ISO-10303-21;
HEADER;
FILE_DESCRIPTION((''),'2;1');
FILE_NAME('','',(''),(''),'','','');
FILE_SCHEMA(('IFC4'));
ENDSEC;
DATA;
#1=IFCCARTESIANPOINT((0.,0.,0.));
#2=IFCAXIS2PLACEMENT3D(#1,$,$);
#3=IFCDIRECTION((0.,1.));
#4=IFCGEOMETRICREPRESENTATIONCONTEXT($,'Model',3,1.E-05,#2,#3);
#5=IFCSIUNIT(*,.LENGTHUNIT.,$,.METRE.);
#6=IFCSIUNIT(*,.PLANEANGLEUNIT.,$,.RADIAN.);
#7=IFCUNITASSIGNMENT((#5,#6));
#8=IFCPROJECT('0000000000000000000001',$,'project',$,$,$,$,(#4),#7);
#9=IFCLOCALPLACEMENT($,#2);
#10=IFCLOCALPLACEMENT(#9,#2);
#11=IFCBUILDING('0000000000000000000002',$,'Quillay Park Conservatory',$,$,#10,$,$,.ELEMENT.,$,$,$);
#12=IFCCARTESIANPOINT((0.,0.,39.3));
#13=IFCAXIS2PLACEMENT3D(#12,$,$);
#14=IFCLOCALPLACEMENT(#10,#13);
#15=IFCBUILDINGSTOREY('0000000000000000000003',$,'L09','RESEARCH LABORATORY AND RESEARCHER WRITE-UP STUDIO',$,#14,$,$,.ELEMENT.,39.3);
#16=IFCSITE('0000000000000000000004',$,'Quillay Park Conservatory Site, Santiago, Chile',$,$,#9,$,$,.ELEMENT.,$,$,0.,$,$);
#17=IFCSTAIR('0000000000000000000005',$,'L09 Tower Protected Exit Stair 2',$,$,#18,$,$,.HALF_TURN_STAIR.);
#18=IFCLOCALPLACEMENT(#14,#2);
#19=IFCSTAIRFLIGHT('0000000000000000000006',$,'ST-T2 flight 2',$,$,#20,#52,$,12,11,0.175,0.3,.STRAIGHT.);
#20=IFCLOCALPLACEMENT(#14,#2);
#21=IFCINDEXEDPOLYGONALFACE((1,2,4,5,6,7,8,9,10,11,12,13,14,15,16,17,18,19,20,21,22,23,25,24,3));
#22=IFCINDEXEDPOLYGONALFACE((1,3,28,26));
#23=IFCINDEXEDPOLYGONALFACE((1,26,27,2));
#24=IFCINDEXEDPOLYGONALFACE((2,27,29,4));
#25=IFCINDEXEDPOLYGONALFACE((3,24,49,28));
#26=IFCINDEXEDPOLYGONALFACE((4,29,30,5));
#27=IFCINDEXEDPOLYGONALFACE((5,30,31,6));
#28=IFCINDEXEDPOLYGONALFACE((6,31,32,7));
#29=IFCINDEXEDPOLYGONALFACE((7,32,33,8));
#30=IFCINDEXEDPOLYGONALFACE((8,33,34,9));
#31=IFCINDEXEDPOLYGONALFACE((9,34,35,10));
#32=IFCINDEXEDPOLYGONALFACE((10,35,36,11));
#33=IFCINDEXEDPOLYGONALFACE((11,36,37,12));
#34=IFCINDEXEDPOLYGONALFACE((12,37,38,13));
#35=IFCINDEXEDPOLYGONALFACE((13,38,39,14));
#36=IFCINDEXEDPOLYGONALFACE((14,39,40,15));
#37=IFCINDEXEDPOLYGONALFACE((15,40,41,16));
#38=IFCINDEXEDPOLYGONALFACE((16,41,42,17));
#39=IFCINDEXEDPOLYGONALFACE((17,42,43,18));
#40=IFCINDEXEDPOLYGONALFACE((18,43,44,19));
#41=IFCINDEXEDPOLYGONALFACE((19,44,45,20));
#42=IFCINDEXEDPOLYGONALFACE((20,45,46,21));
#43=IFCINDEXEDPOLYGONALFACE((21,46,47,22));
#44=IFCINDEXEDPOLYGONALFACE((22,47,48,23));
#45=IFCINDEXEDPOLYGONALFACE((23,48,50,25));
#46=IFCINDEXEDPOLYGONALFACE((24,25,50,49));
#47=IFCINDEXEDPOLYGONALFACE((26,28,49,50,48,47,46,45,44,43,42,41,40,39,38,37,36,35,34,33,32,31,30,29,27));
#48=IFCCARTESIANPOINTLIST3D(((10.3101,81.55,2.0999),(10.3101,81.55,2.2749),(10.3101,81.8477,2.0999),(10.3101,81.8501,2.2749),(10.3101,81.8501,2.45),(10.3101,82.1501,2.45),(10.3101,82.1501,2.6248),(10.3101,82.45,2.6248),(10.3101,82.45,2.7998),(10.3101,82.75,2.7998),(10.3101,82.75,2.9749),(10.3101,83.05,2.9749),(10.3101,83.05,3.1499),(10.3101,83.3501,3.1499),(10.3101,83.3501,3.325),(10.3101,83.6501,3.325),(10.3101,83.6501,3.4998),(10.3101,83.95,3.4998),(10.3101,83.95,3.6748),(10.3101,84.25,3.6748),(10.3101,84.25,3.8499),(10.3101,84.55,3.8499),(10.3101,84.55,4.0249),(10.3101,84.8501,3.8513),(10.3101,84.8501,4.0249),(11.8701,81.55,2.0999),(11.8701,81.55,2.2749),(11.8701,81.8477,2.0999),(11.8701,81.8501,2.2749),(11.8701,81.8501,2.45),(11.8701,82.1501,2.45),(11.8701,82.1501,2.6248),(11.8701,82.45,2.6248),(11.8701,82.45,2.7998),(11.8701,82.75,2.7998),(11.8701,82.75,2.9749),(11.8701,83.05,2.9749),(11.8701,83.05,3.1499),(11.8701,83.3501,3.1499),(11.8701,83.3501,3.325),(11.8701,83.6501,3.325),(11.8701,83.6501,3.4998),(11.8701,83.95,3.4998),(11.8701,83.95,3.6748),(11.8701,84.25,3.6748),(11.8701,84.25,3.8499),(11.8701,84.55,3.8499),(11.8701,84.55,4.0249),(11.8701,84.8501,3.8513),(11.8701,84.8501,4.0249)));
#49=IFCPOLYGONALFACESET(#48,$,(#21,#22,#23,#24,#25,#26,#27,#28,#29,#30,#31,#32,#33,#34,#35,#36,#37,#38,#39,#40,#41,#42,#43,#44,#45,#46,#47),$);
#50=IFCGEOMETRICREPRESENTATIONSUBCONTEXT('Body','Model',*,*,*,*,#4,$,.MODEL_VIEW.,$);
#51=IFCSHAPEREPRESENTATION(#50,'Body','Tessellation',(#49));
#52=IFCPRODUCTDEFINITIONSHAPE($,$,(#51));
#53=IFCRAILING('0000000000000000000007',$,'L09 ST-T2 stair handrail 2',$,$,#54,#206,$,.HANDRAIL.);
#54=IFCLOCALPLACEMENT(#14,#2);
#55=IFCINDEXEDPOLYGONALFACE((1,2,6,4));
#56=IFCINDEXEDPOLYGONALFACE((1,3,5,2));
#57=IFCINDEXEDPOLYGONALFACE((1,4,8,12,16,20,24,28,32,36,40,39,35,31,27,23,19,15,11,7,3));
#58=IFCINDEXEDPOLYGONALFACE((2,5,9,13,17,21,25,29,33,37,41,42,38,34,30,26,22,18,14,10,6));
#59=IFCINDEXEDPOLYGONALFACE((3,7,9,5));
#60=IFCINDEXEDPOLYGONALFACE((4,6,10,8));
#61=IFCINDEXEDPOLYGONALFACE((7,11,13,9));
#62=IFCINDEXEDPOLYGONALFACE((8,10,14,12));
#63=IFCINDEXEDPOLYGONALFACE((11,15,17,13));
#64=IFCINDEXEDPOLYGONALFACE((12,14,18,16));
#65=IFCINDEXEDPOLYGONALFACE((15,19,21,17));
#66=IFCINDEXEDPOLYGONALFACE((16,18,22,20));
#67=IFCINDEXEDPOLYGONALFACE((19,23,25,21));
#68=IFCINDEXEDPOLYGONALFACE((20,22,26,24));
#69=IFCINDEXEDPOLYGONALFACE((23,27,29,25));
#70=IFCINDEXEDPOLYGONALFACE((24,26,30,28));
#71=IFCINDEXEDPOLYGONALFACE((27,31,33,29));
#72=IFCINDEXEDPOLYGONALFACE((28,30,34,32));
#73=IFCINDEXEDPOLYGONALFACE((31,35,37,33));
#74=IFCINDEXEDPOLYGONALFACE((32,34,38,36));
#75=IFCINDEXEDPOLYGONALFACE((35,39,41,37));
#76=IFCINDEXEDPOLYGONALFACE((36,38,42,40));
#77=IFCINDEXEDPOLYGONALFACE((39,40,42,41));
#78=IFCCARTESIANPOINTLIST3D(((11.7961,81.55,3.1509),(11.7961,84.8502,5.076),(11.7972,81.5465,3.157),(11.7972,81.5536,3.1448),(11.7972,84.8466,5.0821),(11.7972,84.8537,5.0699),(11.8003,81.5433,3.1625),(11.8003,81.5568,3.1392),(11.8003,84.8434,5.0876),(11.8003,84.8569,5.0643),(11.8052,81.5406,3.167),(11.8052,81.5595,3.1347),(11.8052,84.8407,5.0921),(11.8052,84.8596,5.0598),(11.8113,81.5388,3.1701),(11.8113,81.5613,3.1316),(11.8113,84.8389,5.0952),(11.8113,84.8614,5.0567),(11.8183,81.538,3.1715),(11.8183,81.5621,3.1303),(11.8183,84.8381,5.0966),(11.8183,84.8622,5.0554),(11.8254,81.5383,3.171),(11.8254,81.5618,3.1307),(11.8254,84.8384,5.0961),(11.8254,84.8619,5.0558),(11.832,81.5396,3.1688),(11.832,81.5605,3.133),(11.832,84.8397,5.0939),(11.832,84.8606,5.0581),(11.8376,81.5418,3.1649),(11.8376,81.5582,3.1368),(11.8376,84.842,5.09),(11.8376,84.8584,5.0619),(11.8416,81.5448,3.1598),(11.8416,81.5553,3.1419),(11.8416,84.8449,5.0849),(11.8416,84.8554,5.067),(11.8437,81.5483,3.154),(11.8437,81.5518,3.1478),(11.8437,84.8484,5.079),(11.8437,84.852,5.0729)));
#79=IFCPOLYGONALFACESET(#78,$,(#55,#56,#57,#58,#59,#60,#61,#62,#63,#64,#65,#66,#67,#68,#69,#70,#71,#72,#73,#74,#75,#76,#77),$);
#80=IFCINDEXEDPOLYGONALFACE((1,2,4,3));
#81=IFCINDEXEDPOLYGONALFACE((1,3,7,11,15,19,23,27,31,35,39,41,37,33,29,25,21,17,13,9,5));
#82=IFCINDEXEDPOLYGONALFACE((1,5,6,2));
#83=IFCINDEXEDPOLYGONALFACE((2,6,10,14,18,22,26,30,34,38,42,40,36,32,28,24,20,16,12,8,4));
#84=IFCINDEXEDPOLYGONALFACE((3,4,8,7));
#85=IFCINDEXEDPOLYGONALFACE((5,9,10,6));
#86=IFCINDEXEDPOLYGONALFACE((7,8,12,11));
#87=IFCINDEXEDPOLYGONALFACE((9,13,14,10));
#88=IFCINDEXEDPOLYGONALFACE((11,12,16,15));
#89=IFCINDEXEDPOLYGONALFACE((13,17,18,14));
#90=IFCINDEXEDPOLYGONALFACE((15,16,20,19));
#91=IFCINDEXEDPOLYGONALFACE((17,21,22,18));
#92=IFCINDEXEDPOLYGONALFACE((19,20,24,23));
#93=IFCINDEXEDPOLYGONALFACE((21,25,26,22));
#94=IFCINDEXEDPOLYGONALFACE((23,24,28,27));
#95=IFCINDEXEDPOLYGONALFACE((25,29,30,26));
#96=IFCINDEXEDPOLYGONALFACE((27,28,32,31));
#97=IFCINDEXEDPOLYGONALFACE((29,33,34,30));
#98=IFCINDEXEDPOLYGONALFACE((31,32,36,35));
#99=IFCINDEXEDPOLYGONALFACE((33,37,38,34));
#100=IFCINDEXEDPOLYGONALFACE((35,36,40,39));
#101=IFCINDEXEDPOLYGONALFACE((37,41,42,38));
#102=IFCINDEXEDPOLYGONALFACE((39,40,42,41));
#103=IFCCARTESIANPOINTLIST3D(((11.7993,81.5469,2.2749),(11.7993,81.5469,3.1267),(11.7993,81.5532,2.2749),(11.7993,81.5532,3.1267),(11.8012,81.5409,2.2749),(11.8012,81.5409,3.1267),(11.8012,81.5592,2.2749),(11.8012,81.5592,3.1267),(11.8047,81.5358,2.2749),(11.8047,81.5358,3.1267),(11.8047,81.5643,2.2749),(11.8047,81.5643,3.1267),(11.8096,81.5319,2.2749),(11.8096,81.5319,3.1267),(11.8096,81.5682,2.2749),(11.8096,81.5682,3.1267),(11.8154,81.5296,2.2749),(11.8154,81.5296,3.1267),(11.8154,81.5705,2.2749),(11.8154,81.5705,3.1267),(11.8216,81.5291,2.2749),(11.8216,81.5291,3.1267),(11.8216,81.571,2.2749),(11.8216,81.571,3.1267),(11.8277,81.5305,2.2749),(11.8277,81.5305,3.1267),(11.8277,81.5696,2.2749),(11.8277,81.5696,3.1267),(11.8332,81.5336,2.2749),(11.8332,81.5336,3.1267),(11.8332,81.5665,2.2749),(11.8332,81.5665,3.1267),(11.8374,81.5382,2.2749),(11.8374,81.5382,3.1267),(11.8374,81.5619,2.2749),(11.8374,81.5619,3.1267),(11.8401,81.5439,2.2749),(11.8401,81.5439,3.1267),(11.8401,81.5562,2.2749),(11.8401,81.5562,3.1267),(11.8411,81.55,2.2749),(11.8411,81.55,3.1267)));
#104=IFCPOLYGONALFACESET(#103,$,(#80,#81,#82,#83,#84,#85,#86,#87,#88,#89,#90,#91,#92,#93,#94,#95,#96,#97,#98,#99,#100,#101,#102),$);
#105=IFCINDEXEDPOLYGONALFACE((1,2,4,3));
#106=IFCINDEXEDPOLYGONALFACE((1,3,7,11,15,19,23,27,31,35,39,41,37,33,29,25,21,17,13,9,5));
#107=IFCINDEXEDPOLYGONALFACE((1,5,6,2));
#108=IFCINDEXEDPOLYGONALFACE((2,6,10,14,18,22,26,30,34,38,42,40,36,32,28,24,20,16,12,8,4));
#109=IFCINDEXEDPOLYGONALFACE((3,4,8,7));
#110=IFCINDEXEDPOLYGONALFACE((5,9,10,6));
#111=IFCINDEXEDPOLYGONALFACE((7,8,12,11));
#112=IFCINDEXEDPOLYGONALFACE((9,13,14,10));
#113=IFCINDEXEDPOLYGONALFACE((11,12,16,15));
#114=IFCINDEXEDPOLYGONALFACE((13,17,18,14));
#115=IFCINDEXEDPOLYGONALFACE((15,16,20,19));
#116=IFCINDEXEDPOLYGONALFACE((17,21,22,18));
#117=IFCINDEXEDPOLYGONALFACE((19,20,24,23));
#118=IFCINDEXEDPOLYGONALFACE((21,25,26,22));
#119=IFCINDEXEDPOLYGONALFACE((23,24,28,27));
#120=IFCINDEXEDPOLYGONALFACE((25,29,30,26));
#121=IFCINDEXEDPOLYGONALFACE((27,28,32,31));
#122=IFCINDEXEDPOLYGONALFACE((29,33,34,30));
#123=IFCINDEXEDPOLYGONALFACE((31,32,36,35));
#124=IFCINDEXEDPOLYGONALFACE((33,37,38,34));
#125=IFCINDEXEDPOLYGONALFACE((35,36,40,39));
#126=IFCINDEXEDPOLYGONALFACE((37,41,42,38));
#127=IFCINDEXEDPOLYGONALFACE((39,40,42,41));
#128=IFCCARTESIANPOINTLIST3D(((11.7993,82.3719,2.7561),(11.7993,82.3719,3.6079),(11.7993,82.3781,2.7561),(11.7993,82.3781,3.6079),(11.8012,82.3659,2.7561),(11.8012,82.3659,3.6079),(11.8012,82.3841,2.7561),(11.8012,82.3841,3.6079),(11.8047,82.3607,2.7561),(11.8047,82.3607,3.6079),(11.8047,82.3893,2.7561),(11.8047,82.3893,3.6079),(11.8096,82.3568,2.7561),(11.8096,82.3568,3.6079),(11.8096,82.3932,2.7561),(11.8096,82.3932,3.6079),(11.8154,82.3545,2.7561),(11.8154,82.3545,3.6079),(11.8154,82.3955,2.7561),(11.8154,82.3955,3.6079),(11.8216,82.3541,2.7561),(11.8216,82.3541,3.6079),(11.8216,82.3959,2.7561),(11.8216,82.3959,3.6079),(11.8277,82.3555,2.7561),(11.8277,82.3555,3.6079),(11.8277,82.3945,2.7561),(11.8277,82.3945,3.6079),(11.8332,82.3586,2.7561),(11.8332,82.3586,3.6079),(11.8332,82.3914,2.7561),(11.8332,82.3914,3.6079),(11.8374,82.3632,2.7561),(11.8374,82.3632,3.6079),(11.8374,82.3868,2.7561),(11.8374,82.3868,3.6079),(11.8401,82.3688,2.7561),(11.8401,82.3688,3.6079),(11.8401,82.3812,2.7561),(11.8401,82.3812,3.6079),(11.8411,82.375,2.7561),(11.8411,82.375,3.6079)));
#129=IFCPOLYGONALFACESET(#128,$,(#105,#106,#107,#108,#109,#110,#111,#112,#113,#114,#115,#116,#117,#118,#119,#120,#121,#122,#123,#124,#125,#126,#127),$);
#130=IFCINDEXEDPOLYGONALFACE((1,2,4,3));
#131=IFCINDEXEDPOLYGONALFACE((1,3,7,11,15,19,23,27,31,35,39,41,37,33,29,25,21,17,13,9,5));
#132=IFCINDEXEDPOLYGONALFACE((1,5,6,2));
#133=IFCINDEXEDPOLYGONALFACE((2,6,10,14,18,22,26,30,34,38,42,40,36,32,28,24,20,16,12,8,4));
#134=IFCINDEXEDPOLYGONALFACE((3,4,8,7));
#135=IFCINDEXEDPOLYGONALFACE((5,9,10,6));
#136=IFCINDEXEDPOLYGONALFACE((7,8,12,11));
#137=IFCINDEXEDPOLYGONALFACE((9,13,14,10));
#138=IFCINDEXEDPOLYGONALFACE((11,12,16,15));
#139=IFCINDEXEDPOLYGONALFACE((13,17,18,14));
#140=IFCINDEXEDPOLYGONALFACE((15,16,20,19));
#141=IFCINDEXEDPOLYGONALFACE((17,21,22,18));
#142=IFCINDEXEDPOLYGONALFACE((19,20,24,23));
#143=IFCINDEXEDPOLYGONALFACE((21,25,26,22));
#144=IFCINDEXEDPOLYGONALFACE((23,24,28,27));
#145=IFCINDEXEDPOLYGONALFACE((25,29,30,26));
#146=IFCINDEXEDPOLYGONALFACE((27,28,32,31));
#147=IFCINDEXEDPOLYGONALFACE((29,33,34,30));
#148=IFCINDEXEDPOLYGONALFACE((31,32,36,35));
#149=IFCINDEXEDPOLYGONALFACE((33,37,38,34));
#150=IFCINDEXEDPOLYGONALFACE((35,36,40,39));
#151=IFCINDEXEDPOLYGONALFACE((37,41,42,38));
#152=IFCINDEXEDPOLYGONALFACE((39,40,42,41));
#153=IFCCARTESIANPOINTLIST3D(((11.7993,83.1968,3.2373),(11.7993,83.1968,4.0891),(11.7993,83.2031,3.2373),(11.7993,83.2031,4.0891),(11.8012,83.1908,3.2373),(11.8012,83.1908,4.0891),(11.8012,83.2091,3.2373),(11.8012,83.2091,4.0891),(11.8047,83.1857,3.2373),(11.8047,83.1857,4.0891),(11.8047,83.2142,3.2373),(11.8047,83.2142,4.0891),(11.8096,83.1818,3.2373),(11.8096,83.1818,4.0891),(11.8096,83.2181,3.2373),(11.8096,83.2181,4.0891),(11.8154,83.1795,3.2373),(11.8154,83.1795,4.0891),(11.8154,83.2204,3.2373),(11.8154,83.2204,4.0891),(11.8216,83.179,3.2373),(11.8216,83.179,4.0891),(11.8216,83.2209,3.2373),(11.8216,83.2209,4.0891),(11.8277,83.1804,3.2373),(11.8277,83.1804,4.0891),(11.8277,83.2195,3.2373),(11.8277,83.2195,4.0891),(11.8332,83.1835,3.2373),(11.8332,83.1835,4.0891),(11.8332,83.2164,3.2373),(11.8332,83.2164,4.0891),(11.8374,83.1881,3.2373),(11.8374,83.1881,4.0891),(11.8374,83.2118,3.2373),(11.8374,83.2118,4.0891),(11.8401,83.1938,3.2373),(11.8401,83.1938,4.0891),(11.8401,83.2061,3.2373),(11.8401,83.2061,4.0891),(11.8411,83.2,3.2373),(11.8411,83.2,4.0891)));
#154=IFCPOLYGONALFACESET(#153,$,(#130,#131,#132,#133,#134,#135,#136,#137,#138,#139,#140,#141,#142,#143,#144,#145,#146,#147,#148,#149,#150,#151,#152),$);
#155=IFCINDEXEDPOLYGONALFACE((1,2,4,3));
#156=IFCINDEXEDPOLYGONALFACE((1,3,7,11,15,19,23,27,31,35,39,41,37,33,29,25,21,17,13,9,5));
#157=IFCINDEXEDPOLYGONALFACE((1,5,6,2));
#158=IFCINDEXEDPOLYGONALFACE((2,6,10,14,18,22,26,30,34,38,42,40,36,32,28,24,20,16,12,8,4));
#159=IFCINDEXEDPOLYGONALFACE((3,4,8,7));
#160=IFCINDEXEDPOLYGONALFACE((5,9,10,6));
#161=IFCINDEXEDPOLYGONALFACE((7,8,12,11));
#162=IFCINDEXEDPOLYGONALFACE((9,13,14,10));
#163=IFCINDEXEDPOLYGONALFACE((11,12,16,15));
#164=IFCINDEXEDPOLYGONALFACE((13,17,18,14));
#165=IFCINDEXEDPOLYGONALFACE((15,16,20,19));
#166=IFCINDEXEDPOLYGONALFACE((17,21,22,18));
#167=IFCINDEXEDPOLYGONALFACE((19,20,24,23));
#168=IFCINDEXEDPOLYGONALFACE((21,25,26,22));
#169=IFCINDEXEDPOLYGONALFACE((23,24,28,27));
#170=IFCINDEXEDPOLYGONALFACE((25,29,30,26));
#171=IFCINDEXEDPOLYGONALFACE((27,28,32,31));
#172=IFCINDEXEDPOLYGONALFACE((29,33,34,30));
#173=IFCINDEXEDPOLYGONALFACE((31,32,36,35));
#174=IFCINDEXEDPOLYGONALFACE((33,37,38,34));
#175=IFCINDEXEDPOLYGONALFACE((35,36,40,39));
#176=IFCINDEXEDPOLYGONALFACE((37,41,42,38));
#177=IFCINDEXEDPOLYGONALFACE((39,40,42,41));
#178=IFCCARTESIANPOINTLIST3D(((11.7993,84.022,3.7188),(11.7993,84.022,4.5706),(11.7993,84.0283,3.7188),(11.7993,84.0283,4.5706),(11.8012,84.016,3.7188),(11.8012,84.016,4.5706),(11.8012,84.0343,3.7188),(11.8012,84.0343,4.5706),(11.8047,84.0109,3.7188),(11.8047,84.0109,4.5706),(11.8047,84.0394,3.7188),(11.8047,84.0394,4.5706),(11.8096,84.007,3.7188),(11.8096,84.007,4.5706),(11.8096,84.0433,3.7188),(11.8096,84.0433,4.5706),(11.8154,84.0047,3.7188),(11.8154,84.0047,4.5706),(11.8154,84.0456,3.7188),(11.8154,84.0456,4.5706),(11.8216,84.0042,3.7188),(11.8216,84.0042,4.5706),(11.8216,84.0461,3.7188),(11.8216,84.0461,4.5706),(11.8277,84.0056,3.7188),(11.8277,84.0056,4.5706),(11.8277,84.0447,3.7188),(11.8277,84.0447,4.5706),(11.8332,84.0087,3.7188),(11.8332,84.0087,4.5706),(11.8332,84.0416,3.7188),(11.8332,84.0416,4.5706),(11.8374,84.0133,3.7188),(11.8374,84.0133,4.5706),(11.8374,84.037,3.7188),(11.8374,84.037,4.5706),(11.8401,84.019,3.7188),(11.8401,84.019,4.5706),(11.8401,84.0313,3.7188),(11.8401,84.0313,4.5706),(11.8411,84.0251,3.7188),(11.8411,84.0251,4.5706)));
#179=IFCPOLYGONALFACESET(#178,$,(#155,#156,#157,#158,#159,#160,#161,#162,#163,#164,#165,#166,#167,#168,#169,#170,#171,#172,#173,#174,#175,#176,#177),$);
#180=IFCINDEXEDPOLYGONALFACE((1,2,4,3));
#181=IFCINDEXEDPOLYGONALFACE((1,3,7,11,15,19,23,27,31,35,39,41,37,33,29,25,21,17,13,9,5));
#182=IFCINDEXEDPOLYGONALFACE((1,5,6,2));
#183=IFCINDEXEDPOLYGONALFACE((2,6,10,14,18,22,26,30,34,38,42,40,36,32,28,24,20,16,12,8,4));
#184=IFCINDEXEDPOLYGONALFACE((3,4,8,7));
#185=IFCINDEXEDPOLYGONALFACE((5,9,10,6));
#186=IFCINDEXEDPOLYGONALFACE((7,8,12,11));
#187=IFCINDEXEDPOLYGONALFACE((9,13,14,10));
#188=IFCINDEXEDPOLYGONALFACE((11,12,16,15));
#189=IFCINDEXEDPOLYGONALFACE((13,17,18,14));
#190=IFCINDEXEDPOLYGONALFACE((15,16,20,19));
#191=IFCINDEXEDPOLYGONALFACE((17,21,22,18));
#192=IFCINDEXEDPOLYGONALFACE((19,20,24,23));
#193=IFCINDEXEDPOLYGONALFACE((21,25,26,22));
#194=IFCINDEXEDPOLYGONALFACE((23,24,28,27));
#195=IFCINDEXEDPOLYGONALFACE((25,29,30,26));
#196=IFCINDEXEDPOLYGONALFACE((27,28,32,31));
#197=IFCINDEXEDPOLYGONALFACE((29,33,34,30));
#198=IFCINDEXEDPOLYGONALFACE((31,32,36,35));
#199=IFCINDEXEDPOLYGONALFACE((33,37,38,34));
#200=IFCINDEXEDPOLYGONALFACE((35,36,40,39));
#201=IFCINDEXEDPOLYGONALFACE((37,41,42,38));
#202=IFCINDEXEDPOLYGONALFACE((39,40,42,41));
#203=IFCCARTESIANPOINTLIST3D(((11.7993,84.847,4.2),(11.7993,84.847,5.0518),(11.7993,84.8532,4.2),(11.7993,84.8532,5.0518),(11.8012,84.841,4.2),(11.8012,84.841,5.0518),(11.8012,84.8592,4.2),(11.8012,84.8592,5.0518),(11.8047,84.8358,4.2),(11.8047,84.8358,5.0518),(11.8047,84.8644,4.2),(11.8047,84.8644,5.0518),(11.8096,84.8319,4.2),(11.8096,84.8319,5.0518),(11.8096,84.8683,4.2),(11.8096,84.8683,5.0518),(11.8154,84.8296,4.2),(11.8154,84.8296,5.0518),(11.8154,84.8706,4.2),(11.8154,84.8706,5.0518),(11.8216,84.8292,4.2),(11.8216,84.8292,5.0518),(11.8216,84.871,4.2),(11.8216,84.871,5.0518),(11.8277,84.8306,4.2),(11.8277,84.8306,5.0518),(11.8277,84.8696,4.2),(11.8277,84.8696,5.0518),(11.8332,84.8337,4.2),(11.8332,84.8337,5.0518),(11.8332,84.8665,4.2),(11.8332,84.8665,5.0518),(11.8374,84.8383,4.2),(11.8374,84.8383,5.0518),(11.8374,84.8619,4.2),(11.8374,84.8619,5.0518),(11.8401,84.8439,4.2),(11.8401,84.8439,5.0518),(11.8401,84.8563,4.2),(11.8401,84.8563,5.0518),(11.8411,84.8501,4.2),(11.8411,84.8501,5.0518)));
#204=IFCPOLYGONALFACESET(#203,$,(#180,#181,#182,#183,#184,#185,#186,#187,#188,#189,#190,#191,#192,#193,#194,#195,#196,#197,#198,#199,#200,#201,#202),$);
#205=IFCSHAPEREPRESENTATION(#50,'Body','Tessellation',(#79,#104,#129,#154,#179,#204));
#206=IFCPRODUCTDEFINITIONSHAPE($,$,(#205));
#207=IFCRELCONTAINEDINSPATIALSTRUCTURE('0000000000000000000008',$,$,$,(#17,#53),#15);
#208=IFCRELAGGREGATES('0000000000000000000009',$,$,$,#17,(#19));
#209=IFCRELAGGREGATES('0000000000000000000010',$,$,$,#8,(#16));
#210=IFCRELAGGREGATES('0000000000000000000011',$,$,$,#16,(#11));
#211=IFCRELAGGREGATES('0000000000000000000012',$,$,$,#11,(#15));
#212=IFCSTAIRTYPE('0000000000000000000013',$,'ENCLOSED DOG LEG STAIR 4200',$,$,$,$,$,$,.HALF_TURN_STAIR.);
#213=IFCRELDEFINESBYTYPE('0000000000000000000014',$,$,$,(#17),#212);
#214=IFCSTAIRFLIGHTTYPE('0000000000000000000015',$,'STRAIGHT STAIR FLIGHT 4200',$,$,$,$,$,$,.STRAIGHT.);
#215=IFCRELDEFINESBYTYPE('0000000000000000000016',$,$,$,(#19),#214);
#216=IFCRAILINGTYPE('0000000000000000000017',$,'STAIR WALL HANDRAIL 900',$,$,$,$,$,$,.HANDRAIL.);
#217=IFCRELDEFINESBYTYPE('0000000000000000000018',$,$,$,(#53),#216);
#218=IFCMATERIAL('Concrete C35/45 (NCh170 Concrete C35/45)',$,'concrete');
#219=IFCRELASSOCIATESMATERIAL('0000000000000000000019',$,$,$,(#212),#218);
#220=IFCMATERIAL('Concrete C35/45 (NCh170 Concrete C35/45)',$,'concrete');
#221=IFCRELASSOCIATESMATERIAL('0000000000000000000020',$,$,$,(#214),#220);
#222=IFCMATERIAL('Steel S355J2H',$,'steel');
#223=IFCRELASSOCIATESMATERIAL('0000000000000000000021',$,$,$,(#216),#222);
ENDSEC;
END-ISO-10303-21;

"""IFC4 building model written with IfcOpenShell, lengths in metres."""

from ifc_helpers import new_model, si_unit, direction, frame, origin, origin_2d, place, context, subcontext, project, spatial, polyline, circle, outline, extrude, material, type_object, element, aggregate, save


model = new_model("IFC4")

# Units and contexts
model_context = context("Model", 3, precision=1e-05, world=origin(), true_north=direction((0.0, 1.0)))
body_context = subcontext(model_context, "Body", "Model", "MODEL_VIEW")
ifc_project = project(units=[si_unit("LENGTHUNIT", "METRE"), si_unit("PLANEANGLEUNIT", "RADIAN")], contexts=[model_context])

# Site, building, storey
site_placement = place(None, origin())
site = spatial("IfcSite", under=ifc_project, at=site_placement, Name="Quillay Park Conservatory Site, Santiago, Chile", CompositionType="ELEMENT", RefElevation=0.0)
building_placement = place(site_placement, origin())
building = spatial("IfcBuilding", under=site, at=building_placement, Name="Quillay Park Conservatory", CompositionType="ELEMENT")
storey_placement = place(building_placement, frame((0.0, 0.0, 39.3)))
storey = spatial("IfcBuildingStorey", under=building, at=storey_placement, Name="L09", Description="RESEARCH LABORATORY AND RESEARCHER WRITE-UP STUDIO", CompositionType="ELEMENT", Elevation=39.3)

# Stair, stair flight
ifc_material_1 = material(Name="Concrete C35/45 (NCh170 Concrete C35/45)", Category="concrete")
stair_type = type_object("IfcStairType", Name="ENCLOSED DOG LEG STAIR 4200", PredefinedType="HALF_TURN_STAIR", material=ifc_material_1)
stair_placement = place(storey_placement, origin())
stair = element("IfcStair", 1, at=stair_placement, inside=storey, type_object=stair_type, Name="L09 Tower Protected Exit Stair 2", PredefinedType="HALF_TURN_STAIR")
ifc_material_2 = material(Name="Concrete C35/45 (NCh170 Concrete C35/45)", Category="concrete")
stair_flight_type = type_object("IfcStairFlightType", Name="STRAIGHT STAIR FLIGHT 4200", PredefinedType="STRAIGHT", material=ifc_material_2)
stair_flight_placement = place(storey_placement, frame((11.0901, 81.55, 2.0999), z_axis=(0.0, 0.0, 1.0), x_axis=(0.0, 1.0, 0.0)))
stair_flight = element("IfcStairFlight", 2, at=stair_flight_placement, type_object=stair_flight_type, Name="ST-T2 flight 2", NumberOfRisers=12, NumberOfTreads=11, PredefinedType="STRAIGHT", RiserHeight=0.175, TreadLength=0.3, context=body_context, shape_type="SweptSolid", body=[
    extrude(outline(polyline([(0.0, 0.0), (0.0, 0.175), (0.3, 0.175), (0.3, 0.3501), (0.6001, 0.3501), (0.6001, 0.5249), (0.8999, 0.5249), (0.8999, 0.7), (1.2, 0.7), (1.2, 0.875), (1.5, 0.875), (1.5, 1.05), (1.8, 1.05), (1.8, 1.2251), (2.1001, 1.2251), (2.1001, 1.3999), (2.3999, 1.3999), (2.3999, 1.575), (2.7, 1.575), (2.7, 1.75), (3.0, 1.75), (3.0, 1.925), (3.3, 1.925), (3.3, 2.1001), (3.3, 1.7515), (0.2976, 0.0), (0.0, 0.0)])), frame((0.0, 0.78, 0.0), z_axis=(0.0, -1.0, 0.0), x_axis=(1.0, 0.0, 0.0)), (0.0, 0.0, 1.0), 1.5601),
])
aggregate(stair, [stair_flight])

# Railing
ifc_material_3 = material(Name="Steel S355J2H", Category="steel")
railing_type_1 = type_object("IfcRailingType", Name="STAIR WALL HANDRAIL 900", PredefinedType="HANDRAIL", material=ifc_material_3)
railing_1_placement = place(storey_placement, frame((11.8201, 81.55, 2.2749)))
element("IfcRailing", 3, at=railing_1_placement, inside=storey, type_object=railing_type_1, Name="L09 ST-T2 stair handrail 2", PredefinedType="HANDRAIL", context=body_context, shape_type="SweptSolid", body=[
    extrude(circle(Radius=0.0239, at=origin_2d()), frame((0.0, 0.0, 0.876), z_axis=(0.0, 0.863777, 0.503875), x_axis=(-1.0, 0.0, 0.0)), (0.0, 0.0, 1.0), 3.8206),
    extrude(circle(Radius=0.021, at=origin_2d()), origin(), (0.0, 0.0, 1.0), 0.8518),
    extrude(circle(Radius=0.021, at=origin_2d()), frame((0.0, 0.825, 0.4812)), (0.0, 0.0, 1.0), 0.8518),
    extrude(circle(Radius=0.021, at=origin_2d()), frame((0.0, 1.6499, 0.9624)), (0.0, 0.0, 1.0), 0.8518),
    extrude(circle(Radius=0.021, at=origin_2d()), frame((0.0, 2.4751, 1.4438)), (0.0, 0.0, 1.0), 0.8518),
    extrude(circle(Radius=0.021, at=origin_2d()), frame((0.0, 3.3, 1.925)), (0.0, 0.0, 1.0), 0.8518),
])

save(model, "model.ifc")
